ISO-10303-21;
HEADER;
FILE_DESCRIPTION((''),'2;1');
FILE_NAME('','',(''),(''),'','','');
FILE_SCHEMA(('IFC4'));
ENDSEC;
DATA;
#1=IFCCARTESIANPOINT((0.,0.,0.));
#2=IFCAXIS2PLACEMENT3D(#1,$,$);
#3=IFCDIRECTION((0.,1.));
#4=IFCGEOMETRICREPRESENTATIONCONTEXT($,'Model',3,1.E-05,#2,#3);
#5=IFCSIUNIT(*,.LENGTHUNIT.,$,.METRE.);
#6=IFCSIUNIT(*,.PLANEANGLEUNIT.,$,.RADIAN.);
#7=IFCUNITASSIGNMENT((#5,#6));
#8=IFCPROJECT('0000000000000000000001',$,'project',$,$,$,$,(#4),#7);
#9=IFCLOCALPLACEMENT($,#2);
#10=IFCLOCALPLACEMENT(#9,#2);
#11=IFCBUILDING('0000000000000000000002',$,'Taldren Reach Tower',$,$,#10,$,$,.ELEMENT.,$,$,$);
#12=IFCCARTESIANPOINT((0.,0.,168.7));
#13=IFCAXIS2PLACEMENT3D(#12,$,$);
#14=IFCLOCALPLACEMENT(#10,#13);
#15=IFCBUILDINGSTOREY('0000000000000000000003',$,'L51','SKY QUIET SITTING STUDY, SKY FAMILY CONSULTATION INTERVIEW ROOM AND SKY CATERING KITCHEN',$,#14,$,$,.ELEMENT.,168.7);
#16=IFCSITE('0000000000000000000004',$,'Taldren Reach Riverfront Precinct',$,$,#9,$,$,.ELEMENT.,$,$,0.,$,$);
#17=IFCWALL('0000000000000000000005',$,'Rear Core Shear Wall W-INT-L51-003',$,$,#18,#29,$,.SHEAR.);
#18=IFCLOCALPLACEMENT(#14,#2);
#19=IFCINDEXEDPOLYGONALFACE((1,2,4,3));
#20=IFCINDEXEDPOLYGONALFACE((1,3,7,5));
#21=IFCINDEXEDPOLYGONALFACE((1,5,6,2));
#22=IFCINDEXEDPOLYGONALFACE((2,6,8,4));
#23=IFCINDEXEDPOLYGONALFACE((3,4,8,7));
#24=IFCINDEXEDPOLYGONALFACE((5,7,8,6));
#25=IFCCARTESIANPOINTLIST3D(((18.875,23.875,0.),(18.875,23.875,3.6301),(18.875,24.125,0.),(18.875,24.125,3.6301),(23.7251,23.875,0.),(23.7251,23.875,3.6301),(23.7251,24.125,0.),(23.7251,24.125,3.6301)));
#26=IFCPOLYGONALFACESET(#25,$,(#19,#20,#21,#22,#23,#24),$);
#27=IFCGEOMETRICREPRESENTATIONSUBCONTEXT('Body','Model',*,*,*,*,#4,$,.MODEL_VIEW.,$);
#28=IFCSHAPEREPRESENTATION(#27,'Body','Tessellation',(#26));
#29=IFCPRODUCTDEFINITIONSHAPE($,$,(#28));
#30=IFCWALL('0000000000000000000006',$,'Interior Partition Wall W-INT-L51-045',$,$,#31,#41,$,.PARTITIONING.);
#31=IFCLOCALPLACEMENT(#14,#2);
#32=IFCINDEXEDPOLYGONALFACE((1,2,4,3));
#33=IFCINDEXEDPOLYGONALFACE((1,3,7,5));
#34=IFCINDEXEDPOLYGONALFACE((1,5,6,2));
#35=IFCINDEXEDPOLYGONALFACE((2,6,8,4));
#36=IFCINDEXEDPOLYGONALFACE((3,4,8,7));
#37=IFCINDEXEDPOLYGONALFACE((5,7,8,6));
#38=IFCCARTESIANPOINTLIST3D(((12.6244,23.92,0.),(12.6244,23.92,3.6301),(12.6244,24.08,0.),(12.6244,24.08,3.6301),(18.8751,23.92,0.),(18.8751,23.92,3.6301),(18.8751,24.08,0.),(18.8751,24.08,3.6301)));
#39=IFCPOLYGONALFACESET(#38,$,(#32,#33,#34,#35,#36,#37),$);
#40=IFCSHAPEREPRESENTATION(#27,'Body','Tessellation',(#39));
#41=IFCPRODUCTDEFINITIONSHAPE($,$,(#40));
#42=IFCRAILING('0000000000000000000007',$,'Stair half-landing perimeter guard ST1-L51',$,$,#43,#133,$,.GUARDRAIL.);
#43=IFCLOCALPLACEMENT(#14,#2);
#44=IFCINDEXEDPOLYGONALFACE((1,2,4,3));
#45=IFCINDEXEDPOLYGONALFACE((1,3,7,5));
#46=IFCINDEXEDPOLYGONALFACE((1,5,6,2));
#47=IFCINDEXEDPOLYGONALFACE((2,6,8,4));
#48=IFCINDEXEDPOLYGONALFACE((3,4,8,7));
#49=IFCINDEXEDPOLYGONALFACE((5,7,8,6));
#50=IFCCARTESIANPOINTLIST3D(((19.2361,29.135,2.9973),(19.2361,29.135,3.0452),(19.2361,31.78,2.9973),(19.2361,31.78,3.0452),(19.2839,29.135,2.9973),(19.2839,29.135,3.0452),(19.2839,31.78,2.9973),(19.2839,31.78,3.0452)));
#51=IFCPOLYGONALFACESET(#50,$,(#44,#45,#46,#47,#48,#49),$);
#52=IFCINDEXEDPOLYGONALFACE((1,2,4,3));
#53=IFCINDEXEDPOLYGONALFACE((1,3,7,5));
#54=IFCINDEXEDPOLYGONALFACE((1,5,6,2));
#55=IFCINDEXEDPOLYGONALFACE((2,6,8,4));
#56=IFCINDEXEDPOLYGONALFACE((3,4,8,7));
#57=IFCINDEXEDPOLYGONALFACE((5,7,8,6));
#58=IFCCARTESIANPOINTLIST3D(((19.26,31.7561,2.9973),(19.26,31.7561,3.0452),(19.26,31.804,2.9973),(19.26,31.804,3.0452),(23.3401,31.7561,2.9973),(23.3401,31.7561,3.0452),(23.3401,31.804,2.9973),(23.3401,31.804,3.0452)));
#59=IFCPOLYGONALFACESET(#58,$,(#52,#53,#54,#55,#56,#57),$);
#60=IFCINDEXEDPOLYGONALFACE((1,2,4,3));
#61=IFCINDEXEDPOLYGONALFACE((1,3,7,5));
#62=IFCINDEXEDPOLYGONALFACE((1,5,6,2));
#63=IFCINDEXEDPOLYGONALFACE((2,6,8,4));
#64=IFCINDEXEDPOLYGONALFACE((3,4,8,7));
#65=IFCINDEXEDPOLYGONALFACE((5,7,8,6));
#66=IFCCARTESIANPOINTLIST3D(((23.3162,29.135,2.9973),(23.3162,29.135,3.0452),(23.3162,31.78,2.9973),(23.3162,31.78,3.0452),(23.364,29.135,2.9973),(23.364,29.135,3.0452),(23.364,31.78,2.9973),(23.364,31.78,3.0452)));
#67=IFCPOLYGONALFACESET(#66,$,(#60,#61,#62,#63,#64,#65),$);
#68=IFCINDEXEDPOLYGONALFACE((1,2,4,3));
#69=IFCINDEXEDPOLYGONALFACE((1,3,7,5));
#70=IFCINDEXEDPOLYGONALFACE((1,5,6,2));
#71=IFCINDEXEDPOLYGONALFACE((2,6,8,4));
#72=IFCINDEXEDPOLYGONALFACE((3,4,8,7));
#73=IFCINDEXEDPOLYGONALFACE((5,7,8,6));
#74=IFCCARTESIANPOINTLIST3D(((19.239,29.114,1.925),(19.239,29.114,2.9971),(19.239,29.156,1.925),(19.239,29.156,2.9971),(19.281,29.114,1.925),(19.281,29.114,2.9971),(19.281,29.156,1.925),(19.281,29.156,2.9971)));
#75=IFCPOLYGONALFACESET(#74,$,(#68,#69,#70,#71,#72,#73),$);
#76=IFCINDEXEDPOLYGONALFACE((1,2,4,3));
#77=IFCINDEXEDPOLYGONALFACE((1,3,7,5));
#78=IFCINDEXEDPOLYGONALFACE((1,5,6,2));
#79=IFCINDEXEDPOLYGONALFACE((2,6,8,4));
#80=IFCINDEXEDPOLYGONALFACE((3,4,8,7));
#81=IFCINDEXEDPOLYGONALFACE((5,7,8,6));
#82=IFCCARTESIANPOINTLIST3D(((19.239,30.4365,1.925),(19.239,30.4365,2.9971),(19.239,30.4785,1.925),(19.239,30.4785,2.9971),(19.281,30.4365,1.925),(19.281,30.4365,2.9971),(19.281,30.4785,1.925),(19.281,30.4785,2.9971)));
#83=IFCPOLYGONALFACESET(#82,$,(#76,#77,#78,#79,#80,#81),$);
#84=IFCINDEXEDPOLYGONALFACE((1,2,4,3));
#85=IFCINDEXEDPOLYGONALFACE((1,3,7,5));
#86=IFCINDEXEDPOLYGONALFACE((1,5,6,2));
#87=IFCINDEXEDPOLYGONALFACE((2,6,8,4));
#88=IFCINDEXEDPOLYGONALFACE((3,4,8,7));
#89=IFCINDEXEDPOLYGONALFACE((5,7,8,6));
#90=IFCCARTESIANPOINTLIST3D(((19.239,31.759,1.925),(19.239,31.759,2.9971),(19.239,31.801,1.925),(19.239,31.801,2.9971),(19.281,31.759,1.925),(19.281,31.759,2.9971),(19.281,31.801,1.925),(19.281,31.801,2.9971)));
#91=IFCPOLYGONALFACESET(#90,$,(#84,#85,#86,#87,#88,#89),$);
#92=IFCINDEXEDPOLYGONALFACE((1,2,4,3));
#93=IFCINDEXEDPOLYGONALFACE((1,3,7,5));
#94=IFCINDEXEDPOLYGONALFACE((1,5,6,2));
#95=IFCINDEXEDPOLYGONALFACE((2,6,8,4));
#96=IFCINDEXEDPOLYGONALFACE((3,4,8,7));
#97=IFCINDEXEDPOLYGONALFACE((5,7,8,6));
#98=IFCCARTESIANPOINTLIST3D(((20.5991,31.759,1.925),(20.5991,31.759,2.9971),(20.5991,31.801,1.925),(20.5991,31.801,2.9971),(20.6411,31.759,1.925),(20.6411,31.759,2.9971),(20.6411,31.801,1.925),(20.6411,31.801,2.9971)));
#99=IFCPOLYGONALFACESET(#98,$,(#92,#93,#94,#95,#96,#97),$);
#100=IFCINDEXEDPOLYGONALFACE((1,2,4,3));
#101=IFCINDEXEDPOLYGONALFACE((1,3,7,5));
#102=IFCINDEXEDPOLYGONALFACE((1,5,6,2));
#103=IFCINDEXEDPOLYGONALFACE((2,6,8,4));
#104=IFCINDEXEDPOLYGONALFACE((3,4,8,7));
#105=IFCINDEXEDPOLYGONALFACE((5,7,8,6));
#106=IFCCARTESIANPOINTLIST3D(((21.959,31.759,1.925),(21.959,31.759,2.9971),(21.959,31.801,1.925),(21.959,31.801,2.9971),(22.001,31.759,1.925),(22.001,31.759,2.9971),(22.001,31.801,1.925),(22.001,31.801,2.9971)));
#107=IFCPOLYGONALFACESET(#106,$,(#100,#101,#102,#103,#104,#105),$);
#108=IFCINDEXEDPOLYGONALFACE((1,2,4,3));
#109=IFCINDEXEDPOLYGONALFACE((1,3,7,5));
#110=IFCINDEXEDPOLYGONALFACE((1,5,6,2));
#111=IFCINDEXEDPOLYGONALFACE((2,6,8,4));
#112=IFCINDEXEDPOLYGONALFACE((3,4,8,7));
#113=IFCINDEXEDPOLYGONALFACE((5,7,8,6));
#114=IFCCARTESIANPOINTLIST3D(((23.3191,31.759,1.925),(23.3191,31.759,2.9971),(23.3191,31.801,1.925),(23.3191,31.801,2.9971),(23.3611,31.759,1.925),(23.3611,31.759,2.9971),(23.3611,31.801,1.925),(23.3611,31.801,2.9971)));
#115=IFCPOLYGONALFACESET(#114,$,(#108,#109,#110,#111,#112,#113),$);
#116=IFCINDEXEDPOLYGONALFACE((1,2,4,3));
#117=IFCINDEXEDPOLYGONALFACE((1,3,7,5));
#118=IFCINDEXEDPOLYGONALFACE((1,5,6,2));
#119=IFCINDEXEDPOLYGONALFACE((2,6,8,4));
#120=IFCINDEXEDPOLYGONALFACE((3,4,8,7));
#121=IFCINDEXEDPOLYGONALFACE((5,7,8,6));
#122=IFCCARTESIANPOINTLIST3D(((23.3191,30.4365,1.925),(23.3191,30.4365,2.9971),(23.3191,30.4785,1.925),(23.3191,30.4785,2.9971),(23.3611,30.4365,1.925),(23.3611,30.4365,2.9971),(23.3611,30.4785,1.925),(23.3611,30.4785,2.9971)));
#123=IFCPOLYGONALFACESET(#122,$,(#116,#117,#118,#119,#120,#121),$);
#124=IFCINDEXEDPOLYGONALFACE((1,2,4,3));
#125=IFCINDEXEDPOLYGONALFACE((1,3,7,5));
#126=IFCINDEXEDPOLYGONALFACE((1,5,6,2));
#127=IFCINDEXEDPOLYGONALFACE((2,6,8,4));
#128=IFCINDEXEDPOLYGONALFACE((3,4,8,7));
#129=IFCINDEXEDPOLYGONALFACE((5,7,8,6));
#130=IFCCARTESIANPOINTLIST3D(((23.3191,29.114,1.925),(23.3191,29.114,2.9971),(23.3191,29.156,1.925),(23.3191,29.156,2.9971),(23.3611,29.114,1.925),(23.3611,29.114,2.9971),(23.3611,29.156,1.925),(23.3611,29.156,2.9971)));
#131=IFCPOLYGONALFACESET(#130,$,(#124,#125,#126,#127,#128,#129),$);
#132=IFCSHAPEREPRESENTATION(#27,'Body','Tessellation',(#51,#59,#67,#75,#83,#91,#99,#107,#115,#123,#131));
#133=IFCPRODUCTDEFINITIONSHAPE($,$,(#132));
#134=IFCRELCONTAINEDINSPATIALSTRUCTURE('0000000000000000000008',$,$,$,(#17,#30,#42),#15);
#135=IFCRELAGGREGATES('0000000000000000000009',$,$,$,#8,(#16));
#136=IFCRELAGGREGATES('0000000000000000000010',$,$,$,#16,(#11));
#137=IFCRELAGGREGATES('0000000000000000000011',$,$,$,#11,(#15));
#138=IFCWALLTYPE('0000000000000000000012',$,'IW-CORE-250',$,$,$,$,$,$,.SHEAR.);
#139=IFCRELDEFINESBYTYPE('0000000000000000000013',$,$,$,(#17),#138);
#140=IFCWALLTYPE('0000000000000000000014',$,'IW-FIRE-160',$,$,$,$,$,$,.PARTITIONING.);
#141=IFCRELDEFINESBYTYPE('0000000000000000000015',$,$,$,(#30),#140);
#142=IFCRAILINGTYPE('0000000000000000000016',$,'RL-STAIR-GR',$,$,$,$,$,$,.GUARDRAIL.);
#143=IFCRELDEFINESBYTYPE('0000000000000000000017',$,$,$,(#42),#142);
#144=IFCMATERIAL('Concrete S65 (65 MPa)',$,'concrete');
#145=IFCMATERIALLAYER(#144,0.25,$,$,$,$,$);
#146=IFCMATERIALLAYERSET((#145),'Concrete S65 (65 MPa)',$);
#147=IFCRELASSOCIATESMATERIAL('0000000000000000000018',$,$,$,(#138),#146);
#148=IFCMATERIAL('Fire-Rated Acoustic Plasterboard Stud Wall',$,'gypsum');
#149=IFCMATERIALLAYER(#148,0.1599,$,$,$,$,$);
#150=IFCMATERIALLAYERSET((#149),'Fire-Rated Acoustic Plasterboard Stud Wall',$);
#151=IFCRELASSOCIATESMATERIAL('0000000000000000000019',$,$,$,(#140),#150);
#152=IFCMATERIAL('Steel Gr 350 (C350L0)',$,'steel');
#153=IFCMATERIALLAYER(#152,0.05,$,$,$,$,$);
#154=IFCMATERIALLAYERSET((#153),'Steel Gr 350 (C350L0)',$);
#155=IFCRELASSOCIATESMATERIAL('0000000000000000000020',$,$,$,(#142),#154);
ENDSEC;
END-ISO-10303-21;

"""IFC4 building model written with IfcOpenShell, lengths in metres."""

from ifc_helpers import new_model, si_unit, direction, frame, frame_2d, origin, origin_2d, place, context, subcontext, project, spatial, rectangle, extrude, source, transform, mapped, material, layer, layer_set, type_object, element, save


model = new_model("IFC4")

# Units and contexts
model_context = context("Model", 3, precision=1e-05, world=origin(), true_north=direction((0.0, 1.0)))
body_context = subcontext(model_context, "Body", "Model", "MODEL_VIEW")
ifc_project = project(units=[si_unit("LENGTHUNIT", "METRE"), si_unit("PLANEANGLEUNIT", "RADIAN")], contexts=[model_context])

# Site, building, storey
site_placement = place(None, origin())
site = spatial("IfcSite", under=ifc_project, at=site_placement, Name="Taldren Reach Riverfront Precinct", CompositionType="ELEMENT", RefElevation=0.0)
building_placement = place(site_placement, origin())
building = spatial("IfcBuilding", under=site, at=building_placement, Name="Taldren Reach Tower", CompositionType="ELEMENT")
storey_placement = place(building_placement, frame((0.0, 0.0, 168.7)))
storey = spatial("IfcBuildingStorey", under=building, at=storey_placement, Name="L51", Description="SKY QUIET SITTING STUDY, SKY FAMILY CONSULTATION INTERVIEW ROOM AND SKY CATERING KITCHEN", CompositionType="ELEMENT", Elevation=168.7)

# Shared definitions
ifc_material_1 = material(Name="Steel Gr 350 (C350L0)", Category="steel")

# Walls
ifc_material_2 = material(Name="Concrete S65 (65 MPa)", Category="concrete")
ifc_layer_1 = layer(ifc_material_2, 0.25)
ifc_layer_set_1 = layer_set([ifc_layer_1], Name="Concrete S65 (65 MPa)")
wall_type_1 = type_object("IfcWallType", Name="IW-CORE-250", PredefinedType="SHEAR", material=ifc_layer_set_1)
shared_shape_1 = source(origin(), body_context, "Body", "SweptSolid", [
    extrude(rectangle(XDim=4.8501, YDim=0.25, at=frame_2d((2.425, 0.0))), origin(), (0.0, 0.0, 1.0), 3.6301),
])
wall_1_placement = place(storey_placement, frame((18.875, 24.0, 0.0), z_axis=(0.0, 0.0, 1.0), x_axis=(1.0, 0.0, 0.0)))
element("IfcWall", 1, at=wall_1_placement, inside=storey, type_object=wall_type_1, Name="Rear Core Shear Wall W-INT-L51-003", PredefinedType="SHEAR", context=body_context, shape_type="MappedRepresentation", body=[
    mapped(shared_shape_1, transform((0.0, 0.0, 0.0), scale=1.0)),
])
ifc_material_3 = material(Name="Fire-Rated Acoustic Plasterboard Stud Wall", Category="gypsum")
ifc_layer_2 = layer(ifc_material_3, 0.1599)
ifc_layer_set_2 = layer_set([ifc_layer_2], Name="Fire-Rated Acoustic Plasterboard Stud Wall")
wall_type_2 = type_object("IfcWallType", Name="IW-FIRE-160", PredefinedType="PARTITIONING", material=ifc_layer_set_2)
shared_shape_2 = source(origin(), body_context, "Body", "SweptSolid", [
    extrude(rectangle(XDim=6.2507, YDim=0.1599, at=frame_2d((3.1255, 0.0))), origin(), (0.0, 0.0, 1.0), 3.6301),
])
wall_2_placement = place(storey_placement, frame((12.6243, 24.0, 0.0), z_axis=(0.0, 0.0, 1.0), x_axis=(1.0, 0.0, 0.0)))
element("IfcWall", 2, at=wall_2_placement, inside=storey, type_object=wall_type_2, Name="Interior Partition Wall W-INT-L51-045", PredefinedType="PARTITIONING", context=body_context, shape_type="MappedRepresentation", body=[
    mapped(shared_shape_2, transform((0.0, 0.0, 0.0), scale=1.0)),
])

# Railing
ifc_layer_3 = layer(ifc_material_1, 0.05)
ifc_layer_set_3 = layer_set([ifc_layer_3], Name="Steel Gr 350 (C350L0)")
railing_type = type_object("IfcRailingType", Name="RL-STAIR-GR", PredefinedType="GUARDRAIL", material=ifc_layer_set_3)
railing_1_placement = place(storey_placement, frame((19.26, 29.135, 1.925)))
element("IfcRailing", 3, at=railing_1_placement, inside=storey, type_object=railing_type, Name="Stair half-landing perimeter guard ST1-L51", PredefinedType="GUARDRAIL", context=body_context, shape_type="SweptSolid", body=[
    extrude(rectangle(XDim=0.0479, YDim=0.0479, at=origin_2d()), frame((0.0, 0.0, 1.0962), z_axis=(0.0, 1.0, 0.0), x_axis=(-1.0, 0.0, 0.0)), (0.0, 0.0, 1.0), 2.645),
    extrude(rectangle(XDim=0.0479, YDim=0.0479, at=origin_2d()), frame((0.0, 2.645, 1.0962), z_axis=(1.0, 0.0, 0.0), x_axis=(0.0, 1.0, 0.0)), (0.0, 0.0, 1.0), 4.0801),
    extrude(rectangle(XDim=0.0479, YDim=0.0479, at=origin_2d()), frame((4.0801, 2.645, 1.0962), z_axis=(0.0, -1.0, 0.0), x_axis=(1.0, 0.0, 0.0)), (0.0, 0.0, 1.0), 2.645),
    extrude(rectangle(XDim=0.042, YDim=0.042, at=origin_2d()), origin(), (0.0, 0.0, 1.0), 1.072),
    extrude(rectangle(XDim=0.042, YDim=0.042, at=origin_2d()), frame((0.0, 1.3225, 0.0)), (0.0, 0.0, 1.0), 1.072),
    extrude(rectangle(XDim=0.042, YDim=0.042, at=origin_2d()), frame((0.0, 2.645, 0.0)), (0.0, 0.0, 1.0), 1.072),
    extrude(rectangle(XDim=0.042, YDim=0.042, at=origin_2d()), frame((1.3601, 2.645, 0.0)), (0.0, 0.0, 1.0), 1.072),
    extrude(rectangle(XDim=0.042, YDim=0.042, at=origin_2d()), frame((2.72, 2.645, 0.0)), (0.0, 0.0, 1.0), 1.072),
    extrude(rectangle(XDim=0.042, YDim=0.042, at=origin_2d()), frame((4.0801, 2.645, 0.0)), (0.0, 0.0, 1.0), 1.072),
    extrude(rectangle(XDim=0.042, YDim=0.042, at=origin_2d()), frame((4.0801, 1.3225, 0.0)), (0.0, 0.0, 1.0), 1.072),
    extrude(rectangle(XDim=0.042, YDim=0.042, at=origin_2d()), frame((4.0801, 0.0, 0.0)), (0.0, 0.0, 1.0), 1.072),
])

save(model, "model.ifc")
